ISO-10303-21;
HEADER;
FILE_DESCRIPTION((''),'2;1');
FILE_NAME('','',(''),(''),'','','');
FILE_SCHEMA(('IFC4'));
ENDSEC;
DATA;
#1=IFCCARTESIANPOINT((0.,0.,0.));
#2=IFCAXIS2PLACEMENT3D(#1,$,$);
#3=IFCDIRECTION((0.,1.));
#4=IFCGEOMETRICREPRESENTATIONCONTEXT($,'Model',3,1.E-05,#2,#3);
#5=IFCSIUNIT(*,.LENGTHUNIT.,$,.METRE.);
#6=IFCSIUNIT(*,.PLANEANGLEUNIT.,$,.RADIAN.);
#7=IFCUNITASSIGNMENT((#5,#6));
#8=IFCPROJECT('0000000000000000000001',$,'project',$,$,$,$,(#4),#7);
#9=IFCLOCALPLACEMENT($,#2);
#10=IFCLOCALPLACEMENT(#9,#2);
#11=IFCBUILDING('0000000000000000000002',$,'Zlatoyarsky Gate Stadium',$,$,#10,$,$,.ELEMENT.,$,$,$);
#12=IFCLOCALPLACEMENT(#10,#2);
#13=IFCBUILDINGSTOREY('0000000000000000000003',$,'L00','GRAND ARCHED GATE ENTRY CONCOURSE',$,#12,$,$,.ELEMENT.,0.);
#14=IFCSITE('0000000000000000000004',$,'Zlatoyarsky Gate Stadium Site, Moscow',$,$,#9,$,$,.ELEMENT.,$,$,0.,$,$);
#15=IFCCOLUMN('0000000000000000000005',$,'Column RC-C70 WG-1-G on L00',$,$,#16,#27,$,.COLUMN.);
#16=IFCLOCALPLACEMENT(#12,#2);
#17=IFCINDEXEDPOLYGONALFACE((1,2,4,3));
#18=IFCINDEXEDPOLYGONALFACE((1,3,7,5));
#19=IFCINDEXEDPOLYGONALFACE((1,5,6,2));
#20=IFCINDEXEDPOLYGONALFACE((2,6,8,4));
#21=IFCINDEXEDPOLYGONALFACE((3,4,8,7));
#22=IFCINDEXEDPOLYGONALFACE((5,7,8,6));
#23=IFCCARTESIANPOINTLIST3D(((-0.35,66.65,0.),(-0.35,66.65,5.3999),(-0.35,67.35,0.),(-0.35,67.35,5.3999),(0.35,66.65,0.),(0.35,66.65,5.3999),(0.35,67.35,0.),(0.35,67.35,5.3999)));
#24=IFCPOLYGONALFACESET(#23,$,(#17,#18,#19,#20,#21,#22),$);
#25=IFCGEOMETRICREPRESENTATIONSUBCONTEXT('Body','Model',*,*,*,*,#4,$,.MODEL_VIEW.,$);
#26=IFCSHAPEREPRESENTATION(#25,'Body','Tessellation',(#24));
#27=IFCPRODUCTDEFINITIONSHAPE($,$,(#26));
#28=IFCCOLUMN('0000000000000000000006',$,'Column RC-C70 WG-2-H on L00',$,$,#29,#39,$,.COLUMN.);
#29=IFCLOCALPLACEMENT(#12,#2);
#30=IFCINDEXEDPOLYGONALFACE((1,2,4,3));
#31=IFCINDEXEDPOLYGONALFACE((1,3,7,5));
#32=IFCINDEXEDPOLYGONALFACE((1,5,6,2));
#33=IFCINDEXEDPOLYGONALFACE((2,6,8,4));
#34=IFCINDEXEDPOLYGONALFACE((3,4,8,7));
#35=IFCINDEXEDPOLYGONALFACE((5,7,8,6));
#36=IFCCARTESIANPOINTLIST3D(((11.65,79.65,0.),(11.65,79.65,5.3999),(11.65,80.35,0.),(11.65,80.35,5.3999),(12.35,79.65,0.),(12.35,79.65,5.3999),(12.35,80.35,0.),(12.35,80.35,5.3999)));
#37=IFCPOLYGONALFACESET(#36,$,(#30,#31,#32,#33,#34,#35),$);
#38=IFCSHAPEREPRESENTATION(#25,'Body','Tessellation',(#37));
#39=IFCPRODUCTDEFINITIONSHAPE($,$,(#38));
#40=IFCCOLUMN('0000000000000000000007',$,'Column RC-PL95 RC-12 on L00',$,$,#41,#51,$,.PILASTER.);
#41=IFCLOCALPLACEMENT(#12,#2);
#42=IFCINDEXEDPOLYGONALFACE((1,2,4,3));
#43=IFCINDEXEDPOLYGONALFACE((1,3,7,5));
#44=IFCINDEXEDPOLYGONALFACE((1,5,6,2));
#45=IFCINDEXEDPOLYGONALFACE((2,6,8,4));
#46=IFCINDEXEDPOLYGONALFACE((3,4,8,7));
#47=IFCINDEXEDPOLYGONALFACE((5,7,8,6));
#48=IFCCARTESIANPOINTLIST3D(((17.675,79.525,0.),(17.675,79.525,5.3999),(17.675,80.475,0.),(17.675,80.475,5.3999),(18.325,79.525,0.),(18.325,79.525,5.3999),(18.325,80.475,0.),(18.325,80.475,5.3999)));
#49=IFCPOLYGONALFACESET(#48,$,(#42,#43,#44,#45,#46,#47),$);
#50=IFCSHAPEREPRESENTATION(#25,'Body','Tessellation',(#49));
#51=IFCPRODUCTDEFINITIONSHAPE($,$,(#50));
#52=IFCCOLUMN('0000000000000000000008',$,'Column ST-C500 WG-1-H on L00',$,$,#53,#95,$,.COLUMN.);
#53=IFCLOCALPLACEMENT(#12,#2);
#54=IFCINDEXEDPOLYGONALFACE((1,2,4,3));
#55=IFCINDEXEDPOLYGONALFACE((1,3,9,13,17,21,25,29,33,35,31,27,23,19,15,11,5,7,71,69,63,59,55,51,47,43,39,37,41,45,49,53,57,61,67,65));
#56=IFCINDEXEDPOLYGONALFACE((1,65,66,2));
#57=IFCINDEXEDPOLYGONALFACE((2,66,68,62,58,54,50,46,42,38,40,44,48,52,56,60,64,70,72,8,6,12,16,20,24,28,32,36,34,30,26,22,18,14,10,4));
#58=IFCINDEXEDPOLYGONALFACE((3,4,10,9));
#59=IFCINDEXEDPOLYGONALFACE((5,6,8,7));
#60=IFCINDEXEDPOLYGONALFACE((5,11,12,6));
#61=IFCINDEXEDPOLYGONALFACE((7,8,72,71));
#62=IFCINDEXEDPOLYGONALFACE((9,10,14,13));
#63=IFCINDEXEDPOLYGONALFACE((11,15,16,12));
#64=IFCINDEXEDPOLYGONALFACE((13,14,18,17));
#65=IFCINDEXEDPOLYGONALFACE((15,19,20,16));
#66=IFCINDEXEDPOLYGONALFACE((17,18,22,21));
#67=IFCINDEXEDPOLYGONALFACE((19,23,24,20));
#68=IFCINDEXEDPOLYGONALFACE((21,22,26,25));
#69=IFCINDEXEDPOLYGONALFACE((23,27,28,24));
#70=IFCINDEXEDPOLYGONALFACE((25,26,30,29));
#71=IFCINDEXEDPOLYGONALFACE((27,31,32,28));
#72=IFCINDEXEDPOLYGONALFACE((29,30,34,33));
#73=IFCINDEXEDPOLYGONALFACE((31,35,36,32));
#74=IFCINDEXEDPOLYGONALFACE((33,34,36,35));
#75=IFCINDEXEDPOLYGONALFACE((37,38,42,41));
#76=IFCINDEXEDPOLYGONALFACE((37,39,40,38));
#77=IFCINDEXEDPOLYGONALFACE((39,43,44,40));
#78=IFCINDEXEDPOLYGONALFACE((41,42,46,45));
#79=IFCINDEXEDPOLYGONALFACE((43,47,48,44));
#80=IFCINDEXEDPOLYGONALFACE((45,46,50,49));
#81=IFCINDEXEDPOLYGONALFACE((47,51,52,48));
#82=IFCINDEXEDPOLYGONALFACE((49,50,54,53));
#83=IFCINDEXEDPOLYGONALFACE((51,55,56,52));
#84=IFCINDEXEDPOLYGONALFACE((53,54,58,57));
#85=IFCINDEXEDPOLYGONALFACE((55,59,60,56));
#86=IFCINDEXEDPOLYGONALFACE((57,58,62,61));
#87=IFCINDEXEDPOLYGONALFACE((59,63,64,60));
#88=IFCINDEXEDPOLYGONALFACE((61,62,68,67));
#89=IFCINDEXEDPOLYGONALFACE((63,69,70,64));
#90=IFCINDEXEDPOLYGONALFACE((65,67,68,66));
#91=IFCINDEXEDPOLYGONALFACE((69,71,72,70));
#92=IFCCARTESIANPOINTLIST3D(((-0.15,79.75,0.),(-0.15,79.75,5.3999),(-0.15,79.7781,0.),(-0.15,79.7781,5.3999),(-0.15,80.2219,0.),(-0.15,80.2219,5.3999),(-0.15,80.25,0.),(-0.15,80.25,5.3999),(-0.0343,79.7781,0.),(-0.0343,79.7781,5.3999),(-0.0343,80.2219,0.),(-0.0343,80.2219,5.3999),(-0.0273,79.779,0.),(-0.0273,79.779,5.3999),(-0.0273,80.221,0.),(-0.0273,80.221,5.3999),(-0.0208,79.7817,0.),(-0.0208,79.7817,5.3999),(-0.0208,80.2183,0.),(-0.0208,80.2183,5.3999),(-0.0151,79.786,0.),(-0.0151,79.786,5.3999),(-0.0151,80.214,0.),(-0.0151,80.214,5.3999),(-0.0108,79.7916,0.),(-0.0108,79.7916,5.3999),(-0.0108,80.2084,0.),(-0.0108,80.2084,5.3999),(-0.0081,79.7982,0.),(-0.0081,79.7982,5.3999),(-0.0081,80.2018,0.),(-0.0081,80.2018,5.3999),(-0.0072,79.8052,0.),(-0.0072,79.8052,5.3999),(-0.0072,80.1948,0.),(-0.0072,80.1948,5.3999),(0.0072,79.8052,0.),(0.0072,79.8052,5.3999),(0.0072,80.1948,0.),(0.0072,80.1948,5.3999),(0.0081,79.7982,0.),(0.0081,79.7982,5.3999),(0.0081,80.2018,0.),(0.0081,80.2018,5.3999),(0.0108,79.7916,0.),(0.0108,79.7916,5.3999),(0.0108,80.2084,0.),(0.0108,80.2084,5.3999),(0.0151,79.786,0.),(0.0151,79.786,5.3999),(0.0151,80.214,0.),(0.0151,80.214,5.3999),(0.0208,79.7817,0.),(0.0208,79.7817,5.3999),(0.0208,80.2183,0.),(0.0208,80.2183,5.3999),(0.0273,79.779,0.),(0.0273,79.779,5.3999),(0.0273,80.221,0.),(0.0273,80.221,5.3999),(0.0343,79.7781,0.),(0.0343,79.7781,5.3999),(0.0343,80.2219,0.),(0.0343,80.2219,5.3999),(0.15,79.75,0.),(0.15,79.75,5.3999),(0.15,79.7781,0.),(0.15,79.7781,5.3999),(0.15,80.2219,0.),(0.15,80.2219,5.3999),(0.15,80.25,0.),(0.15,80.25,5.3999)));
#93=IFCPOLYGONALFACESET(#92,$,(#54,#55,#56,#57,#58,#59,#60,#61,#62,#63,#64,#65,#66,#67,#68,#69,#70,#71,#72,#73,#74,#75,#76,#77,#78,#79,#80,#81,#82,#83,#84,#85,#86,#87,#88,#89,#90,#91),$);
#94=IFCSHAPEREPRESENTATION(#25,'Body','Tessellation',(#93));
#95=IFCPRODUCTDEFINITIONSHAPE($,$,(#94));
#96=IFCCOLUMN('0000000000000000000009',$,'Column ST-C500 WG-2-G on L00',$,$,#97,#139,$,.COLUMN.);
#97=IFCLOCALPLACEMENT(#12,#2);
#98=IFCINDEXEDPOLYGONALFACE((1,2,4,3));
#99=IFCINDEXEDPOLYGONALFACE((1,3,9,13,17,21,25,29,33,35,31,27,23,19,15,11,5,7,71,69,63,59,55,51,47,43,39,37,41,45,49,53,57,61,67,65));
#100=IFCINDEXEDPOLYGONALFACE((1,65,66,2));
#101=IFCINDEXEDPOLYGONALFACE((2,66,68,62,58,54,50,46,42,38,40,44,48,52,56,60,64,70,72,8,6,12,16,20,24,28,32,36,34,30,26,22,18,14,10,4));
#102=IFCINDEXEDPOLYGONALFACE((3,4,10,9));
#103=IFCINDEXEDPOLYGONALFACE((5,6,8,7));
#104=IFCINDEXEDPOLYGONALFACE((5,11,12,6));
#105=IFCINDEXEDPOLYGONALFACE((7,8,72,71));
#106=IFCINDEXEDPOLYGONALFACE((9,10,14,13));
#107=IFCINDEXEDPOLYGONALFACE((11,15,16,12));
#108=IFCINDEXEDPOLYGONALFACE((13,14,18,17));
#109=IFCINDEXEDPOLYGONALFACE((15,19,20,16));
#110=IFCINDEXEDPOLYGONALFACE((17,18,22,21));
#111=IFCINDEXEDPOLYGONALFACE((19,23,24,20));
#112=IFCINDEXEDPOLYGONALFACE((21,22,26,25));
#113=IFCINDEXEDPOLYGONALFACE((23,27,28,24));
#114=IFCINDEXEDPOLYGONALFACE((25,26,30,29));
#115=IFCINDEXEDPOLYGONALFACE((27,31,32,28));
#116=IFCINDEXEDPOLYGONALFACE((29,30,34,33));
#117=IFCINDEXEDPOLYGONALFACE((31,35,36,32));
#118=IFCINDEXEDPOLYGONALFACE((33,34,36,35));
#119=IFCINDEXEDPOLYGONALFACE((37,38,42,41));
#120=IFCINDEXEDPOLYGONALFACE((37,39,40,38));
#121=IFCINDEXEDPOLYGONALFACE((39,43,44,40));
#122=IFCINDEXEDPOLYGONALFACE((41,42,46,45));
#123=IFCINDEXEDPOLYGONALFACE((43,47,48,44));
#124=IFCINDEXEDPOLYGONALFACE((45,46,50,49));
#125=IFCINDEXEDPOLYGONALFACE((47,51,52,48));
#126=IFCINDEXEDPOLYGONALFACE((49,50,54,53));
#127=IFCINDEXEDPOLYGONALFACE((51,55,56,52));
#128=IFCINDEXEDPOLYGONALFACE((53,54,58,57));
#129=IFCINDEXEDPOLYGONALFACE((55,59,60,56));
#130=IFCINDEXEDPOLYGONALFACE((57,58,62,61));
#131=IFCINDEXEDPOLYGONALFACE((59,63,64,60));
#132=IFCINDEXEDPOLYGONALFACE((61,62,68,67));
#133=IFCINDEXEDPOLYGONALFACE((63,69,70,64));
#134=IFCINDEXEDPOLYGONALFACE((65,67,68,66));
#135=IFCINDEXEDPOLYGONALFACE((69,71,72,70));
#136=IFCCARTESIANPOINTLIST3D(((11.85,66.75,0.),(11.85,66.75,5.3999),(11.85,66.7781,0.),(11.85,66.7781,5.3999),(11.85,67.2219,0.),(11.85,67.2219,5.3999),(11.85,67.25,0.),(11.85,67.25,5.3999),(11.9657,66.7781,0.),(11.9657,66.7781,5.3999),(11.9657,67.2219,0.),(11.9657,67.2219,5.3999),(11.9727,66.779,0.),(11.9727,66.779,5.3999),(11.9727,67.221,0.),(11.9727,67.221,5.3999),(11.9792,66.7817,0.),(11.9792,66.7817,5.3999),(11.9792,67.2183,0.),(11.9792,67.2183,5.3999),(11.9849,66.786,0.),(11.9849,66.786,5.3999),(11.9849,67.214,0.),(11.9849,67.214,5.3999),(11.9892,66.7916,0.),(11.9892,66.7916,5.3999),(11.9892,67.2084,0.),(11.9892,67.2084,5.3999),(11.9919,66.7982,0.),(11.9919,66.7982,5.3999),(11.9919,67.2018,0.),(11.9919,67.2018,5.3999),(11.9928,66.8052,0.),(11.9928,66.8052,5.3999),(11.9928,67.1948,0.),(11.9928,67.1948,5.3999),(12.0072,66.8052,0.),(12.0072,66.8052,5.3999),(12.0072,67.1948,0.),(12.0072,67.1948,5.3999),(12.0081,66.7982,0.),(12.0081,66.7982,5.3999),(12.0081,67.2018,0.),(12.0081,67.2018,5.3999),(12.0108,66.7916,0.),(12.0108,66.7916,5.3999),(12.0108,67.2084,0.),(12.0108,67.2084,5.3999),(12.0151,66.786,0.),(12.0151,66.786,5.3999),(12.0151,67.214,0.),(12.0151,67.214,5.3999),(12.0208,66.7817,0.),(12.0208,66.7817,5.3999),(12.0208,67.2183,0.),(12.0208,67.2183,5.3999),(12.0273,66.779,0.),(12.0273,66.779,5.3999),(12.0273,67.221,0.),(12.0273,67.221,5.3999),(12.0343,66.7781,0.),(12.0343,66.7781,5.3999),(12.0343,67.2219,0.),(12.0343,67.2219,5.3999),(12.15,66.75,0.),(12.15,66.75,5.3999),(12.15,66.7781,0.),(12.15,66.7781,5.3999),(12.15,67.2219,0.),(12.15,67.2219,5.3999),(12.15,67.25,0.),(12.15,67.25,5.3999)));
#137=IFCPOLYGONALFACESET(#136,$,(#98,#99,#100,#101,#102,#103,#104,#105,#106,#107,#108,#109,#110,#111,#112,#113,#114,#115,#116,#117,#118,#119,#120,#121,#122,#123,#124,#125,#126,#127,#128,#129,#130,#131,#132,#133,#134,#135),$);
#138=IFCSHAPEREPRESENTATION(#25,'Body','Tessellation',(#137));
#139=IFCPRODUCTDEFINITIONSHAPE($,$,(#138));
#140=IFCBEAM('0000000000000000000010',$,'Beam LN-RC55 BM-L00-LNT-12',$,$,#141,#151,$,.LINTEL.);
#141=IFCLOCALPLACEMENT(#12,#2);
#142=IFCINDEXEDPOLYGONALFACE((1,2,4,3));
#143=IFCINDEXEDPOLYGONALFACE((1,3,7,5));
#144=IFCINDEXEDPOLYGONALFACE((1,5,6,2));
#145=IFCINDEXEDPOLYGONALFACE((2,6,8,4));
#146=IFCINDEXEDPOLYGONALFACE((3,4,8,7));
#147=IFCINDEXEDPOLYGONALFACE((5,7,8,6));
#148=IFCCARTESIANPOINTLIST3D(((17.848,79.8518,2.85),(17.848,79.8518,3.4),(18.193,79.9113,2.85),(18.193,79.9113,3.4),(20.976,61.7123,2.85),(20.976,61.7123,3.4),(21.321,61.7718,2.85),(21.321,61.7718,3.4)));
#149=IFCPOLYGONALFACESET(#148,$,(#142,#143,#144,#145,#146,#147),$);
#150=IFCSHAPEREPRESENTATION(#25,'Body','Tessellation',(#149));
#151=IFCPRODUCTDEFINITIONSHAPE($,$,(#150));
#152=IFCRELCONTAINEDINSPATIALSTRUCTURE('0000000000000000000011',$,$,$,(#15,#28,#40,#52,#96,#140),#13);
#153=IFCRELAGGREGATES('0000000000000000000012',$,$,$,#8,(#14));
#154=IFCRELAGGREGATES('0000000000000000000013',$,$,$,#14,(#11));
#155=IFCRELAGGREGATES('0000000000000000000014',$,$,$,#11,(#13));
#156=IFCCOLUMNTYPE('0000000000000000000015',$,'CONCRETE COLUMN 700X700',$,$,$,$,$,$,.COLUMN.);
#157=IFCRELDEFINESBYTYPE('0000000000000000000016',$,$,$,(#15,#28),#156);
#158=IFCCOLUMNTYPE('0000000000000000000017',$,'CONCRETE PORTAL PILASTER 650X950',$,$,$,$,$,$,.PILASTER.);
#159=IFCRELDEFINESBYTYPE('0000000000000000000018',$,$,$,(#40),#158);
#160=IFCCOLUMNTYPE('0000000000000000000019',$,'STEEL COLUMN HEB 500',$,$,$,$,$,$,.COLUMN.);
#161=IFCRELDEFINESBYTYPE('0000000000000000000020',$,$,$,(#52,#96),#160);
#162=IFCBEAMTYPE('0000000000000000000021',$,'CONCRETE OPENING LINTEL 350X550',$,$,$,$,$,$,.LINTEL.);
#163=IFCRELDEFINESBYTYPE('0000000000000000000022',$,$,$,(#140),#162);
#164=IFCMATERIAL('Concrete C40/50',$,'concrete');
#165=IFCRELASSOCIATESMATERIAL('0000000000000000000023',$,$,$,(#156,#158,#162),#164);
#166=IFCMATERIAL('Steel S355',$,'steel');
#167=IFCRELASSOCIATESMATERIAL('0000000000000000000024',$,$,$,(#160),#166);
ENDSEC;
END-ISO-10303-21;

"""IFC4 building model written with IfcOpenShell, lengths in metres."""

from ifc_helpers import new_model, si_unit, direction, frame, origin, origin_2d, place, context, subcontext, project, spatial, rectangle, i_section, extrude, material, material_profile, profile_set, type_object, element, save


model = new_model("IFC4")

# Units and contexts
model_context = context("Model", 3, precision=1e-05, world=origin(), true_north=direction((0.0, 1.0)))
body_context = subcontext(model_context, "Body", "Model", "MODEL_VIEW")
ifc_project = project(units=[si_unit("LENGTHUNIT", "METRE"), si_unit("PLANEANGLEUNIT", "RADIAN")], contexts=[model_context])

# Site, building, storey
site_placement = place(None, origin())
site = spatial("IfcSite", under=ifc_project, at=site_placement, Name="Zlatoyarsky Gate Stadium Site, Moscow", CompositionType="ELEMENT", RefElevation=0.0)
building_placement = place(site_placement, origin())
building = spatial("IfcBuilding", under=site, at=building_placement, Name="Zlatoyarsky Gate Stadium", CompositionType="ELEMENT")
storey_placement = place(building_placement, origin())
storey = spatial("IfcBuildingStorey", under=building, at=storey_placement, Name="L00", Description="GRAND ARCHED GATE ENTRY CONCOURSE", CompositionType="ELEMENT", Elevation=0.0)

# Columns
ifc_material_1 = material(Name="Concrete C40/50", Category="concrete")
ifc_material_profile_1 = material_profile(ifc_material_1, rectangle(XDim=0.7, YDim=0.7, at=origin_2d()), Name="RC COL 700X700")
ifc_profile_set_1 = profile_set([ifc_material_profile_1], Name="Concrete C40/50")
column_type_1 = type_object("IfcColumnType", Name="CONCRETE COLUMN 700X700", PredefinedType="COLUMN", material=ifc_profile_set_1)
for number, where, z_axis, x_axis, name in (
    (1, (0.0, 67.0, 0.0), (0.0, 0.0, 1.0), (1.0, 0.0, 0.0), "Column RC-C70 WG-1-G on L00"),
    (2, (12.0, 80.0, 0.0), (0.0, 0.0, 1.0), (1.0, 0.0, 0.0), "Column RC-C70 WG-2-H on L00"),
):
    element("IfcColumn", number, at=place(storey_placement, frame(where, z_axis=z_axis, x_axis=x_axis)), inside=storey, type_object=column_type_1, Name=name, PredefinedType="COLUMN", context=body_context, shape_type="SweptSolid", body=[
        extrude(rectangle(XDim=0.7, YDim=0.7, at=origin_2d()), origin(), (0.0, 0.0, 1.0), 5.3999),
    ])
ifc_material_profile_2 = material_profile(ifc_material_1, rectangle(XDim=0.6499, YDim=0.95, at=origin_2d()), Name="RC PILASTER 650X950")
ifc_profile_set_2 = profile_set([ifc_material_profile_2], Name="Concrete C40/50")
column_type_2 = type_object("IfcColumnType", Name="CONCRETE PORTAL PILASTER 650X950", PredefinedType="PILASTER", material=ifc_profile_set_2)
column_placement = place(storey_placement, frame((18.0, 80.0, 0.0), z_axis=(0.0, 0.0, 1.0), x_axis=(-1.0, 0.0, 0.0)))
element("IfcColumn", 3, at=column_placement, inside=storey, type_object=column_type_2, Name="Column RC-PL95 RC-12 on L00", PredefinedType="PILASTER", context=body_context, shape_type="SweptSolid", body=[
    extrude(rectangle(XDim=0.6499, YDim=0.95, at=origin_2d()), origin(), (0.0, 0.0, 1.0), 5.3999),
])
ifc_material_2 = material(Name="Steel S355", Category="steel")
ifc_material_profile_3 = material_profile(ifc_material_2, i_section(OverallWidth=0.3, OverallDepth=0.5, WebThickness=0.0144, FlangeThickness=0.0281, FilletRadius=0.0271, at=origin_2d()), Name="HEB 500")
ifc_profile_set_3 = profile_set([ifc_material_profile_3], Name="Steel S355")
column_type_3 = type_object("IfcColumnType", Name="STEEL COLUMN HEB 500", PredefinedType="COLUMN", material=ifc_profile_set_3)
for number, where, z_axis, x_axis, name in (
    (4, (0.0, 80.0, 0.0), (0.0, 0.0, 1.0), (1.0, 0.0, 0.0), "Column ST-C500 WG-1-H on L00"),
    (5, (12.0, 67.0, 0.0), (0.0, 0.0, 1.0), (1.0, 0.0, 0.0), "Column ST-C500 WG-2-G on L00"),
):
    element("IfcColumn", number, at=place(storey_placement, frame(where, z_axis=z_axis, x_axis=x_axis)), inside=storey, type_object=column_type_3, Name=name, PredefinedType="COLUMN", context=body_context, shape_type="SweptSolid", body=[
        extrude(i_section(OverallWidth=0.3, OverallDepth=0.5, WebThickness=0.0144, FlangeThickness=0.0281, FilletRadius=0.0271, at=origin_2d()), origin(), (0.0, 0.0, 1.0), 5.3999),
    ])

# Beam
ifc_material_profile_4 = material_profile(ifc_material_1, rectangle(XDim=0.3501, YDim=0.55, at=origin_2d()), Name="RC LINTEL 350X550")
ifc_profile_set_4 = profile_set([ifc_material_profile_4], Name="Concrete C40/50")
beam_type_1 = type_object("IfcBeamType", Name="CONCRETE OPENING LINTEL 350X550", PredefinedType="LINTEL", material=ifc_profile_set_4)
beam_1_placement = place(storey_placement, frame((18.0205, 79.8816, 3.125), z_axis=(0.16993, -0.985456, 0.0), x_axis=(0.985456, 0.16993, 0.0)))
element("IfcBeam", 6, at=beam_1_placement, inside=storey, type_object=beam_type_1, Name="Beam LN-RC55 BM-L00-LNT-12", PredefinedType="LINTEL", context=body_context, shape_type="SweptSolid", body=[
    extrude(rectangle(XDim=0.3501, YDim=0.55, at=origin_2d()), origin(), (0.0, 0.0, 1.0), 18.4072),
])

save(model, "model.ifc")
